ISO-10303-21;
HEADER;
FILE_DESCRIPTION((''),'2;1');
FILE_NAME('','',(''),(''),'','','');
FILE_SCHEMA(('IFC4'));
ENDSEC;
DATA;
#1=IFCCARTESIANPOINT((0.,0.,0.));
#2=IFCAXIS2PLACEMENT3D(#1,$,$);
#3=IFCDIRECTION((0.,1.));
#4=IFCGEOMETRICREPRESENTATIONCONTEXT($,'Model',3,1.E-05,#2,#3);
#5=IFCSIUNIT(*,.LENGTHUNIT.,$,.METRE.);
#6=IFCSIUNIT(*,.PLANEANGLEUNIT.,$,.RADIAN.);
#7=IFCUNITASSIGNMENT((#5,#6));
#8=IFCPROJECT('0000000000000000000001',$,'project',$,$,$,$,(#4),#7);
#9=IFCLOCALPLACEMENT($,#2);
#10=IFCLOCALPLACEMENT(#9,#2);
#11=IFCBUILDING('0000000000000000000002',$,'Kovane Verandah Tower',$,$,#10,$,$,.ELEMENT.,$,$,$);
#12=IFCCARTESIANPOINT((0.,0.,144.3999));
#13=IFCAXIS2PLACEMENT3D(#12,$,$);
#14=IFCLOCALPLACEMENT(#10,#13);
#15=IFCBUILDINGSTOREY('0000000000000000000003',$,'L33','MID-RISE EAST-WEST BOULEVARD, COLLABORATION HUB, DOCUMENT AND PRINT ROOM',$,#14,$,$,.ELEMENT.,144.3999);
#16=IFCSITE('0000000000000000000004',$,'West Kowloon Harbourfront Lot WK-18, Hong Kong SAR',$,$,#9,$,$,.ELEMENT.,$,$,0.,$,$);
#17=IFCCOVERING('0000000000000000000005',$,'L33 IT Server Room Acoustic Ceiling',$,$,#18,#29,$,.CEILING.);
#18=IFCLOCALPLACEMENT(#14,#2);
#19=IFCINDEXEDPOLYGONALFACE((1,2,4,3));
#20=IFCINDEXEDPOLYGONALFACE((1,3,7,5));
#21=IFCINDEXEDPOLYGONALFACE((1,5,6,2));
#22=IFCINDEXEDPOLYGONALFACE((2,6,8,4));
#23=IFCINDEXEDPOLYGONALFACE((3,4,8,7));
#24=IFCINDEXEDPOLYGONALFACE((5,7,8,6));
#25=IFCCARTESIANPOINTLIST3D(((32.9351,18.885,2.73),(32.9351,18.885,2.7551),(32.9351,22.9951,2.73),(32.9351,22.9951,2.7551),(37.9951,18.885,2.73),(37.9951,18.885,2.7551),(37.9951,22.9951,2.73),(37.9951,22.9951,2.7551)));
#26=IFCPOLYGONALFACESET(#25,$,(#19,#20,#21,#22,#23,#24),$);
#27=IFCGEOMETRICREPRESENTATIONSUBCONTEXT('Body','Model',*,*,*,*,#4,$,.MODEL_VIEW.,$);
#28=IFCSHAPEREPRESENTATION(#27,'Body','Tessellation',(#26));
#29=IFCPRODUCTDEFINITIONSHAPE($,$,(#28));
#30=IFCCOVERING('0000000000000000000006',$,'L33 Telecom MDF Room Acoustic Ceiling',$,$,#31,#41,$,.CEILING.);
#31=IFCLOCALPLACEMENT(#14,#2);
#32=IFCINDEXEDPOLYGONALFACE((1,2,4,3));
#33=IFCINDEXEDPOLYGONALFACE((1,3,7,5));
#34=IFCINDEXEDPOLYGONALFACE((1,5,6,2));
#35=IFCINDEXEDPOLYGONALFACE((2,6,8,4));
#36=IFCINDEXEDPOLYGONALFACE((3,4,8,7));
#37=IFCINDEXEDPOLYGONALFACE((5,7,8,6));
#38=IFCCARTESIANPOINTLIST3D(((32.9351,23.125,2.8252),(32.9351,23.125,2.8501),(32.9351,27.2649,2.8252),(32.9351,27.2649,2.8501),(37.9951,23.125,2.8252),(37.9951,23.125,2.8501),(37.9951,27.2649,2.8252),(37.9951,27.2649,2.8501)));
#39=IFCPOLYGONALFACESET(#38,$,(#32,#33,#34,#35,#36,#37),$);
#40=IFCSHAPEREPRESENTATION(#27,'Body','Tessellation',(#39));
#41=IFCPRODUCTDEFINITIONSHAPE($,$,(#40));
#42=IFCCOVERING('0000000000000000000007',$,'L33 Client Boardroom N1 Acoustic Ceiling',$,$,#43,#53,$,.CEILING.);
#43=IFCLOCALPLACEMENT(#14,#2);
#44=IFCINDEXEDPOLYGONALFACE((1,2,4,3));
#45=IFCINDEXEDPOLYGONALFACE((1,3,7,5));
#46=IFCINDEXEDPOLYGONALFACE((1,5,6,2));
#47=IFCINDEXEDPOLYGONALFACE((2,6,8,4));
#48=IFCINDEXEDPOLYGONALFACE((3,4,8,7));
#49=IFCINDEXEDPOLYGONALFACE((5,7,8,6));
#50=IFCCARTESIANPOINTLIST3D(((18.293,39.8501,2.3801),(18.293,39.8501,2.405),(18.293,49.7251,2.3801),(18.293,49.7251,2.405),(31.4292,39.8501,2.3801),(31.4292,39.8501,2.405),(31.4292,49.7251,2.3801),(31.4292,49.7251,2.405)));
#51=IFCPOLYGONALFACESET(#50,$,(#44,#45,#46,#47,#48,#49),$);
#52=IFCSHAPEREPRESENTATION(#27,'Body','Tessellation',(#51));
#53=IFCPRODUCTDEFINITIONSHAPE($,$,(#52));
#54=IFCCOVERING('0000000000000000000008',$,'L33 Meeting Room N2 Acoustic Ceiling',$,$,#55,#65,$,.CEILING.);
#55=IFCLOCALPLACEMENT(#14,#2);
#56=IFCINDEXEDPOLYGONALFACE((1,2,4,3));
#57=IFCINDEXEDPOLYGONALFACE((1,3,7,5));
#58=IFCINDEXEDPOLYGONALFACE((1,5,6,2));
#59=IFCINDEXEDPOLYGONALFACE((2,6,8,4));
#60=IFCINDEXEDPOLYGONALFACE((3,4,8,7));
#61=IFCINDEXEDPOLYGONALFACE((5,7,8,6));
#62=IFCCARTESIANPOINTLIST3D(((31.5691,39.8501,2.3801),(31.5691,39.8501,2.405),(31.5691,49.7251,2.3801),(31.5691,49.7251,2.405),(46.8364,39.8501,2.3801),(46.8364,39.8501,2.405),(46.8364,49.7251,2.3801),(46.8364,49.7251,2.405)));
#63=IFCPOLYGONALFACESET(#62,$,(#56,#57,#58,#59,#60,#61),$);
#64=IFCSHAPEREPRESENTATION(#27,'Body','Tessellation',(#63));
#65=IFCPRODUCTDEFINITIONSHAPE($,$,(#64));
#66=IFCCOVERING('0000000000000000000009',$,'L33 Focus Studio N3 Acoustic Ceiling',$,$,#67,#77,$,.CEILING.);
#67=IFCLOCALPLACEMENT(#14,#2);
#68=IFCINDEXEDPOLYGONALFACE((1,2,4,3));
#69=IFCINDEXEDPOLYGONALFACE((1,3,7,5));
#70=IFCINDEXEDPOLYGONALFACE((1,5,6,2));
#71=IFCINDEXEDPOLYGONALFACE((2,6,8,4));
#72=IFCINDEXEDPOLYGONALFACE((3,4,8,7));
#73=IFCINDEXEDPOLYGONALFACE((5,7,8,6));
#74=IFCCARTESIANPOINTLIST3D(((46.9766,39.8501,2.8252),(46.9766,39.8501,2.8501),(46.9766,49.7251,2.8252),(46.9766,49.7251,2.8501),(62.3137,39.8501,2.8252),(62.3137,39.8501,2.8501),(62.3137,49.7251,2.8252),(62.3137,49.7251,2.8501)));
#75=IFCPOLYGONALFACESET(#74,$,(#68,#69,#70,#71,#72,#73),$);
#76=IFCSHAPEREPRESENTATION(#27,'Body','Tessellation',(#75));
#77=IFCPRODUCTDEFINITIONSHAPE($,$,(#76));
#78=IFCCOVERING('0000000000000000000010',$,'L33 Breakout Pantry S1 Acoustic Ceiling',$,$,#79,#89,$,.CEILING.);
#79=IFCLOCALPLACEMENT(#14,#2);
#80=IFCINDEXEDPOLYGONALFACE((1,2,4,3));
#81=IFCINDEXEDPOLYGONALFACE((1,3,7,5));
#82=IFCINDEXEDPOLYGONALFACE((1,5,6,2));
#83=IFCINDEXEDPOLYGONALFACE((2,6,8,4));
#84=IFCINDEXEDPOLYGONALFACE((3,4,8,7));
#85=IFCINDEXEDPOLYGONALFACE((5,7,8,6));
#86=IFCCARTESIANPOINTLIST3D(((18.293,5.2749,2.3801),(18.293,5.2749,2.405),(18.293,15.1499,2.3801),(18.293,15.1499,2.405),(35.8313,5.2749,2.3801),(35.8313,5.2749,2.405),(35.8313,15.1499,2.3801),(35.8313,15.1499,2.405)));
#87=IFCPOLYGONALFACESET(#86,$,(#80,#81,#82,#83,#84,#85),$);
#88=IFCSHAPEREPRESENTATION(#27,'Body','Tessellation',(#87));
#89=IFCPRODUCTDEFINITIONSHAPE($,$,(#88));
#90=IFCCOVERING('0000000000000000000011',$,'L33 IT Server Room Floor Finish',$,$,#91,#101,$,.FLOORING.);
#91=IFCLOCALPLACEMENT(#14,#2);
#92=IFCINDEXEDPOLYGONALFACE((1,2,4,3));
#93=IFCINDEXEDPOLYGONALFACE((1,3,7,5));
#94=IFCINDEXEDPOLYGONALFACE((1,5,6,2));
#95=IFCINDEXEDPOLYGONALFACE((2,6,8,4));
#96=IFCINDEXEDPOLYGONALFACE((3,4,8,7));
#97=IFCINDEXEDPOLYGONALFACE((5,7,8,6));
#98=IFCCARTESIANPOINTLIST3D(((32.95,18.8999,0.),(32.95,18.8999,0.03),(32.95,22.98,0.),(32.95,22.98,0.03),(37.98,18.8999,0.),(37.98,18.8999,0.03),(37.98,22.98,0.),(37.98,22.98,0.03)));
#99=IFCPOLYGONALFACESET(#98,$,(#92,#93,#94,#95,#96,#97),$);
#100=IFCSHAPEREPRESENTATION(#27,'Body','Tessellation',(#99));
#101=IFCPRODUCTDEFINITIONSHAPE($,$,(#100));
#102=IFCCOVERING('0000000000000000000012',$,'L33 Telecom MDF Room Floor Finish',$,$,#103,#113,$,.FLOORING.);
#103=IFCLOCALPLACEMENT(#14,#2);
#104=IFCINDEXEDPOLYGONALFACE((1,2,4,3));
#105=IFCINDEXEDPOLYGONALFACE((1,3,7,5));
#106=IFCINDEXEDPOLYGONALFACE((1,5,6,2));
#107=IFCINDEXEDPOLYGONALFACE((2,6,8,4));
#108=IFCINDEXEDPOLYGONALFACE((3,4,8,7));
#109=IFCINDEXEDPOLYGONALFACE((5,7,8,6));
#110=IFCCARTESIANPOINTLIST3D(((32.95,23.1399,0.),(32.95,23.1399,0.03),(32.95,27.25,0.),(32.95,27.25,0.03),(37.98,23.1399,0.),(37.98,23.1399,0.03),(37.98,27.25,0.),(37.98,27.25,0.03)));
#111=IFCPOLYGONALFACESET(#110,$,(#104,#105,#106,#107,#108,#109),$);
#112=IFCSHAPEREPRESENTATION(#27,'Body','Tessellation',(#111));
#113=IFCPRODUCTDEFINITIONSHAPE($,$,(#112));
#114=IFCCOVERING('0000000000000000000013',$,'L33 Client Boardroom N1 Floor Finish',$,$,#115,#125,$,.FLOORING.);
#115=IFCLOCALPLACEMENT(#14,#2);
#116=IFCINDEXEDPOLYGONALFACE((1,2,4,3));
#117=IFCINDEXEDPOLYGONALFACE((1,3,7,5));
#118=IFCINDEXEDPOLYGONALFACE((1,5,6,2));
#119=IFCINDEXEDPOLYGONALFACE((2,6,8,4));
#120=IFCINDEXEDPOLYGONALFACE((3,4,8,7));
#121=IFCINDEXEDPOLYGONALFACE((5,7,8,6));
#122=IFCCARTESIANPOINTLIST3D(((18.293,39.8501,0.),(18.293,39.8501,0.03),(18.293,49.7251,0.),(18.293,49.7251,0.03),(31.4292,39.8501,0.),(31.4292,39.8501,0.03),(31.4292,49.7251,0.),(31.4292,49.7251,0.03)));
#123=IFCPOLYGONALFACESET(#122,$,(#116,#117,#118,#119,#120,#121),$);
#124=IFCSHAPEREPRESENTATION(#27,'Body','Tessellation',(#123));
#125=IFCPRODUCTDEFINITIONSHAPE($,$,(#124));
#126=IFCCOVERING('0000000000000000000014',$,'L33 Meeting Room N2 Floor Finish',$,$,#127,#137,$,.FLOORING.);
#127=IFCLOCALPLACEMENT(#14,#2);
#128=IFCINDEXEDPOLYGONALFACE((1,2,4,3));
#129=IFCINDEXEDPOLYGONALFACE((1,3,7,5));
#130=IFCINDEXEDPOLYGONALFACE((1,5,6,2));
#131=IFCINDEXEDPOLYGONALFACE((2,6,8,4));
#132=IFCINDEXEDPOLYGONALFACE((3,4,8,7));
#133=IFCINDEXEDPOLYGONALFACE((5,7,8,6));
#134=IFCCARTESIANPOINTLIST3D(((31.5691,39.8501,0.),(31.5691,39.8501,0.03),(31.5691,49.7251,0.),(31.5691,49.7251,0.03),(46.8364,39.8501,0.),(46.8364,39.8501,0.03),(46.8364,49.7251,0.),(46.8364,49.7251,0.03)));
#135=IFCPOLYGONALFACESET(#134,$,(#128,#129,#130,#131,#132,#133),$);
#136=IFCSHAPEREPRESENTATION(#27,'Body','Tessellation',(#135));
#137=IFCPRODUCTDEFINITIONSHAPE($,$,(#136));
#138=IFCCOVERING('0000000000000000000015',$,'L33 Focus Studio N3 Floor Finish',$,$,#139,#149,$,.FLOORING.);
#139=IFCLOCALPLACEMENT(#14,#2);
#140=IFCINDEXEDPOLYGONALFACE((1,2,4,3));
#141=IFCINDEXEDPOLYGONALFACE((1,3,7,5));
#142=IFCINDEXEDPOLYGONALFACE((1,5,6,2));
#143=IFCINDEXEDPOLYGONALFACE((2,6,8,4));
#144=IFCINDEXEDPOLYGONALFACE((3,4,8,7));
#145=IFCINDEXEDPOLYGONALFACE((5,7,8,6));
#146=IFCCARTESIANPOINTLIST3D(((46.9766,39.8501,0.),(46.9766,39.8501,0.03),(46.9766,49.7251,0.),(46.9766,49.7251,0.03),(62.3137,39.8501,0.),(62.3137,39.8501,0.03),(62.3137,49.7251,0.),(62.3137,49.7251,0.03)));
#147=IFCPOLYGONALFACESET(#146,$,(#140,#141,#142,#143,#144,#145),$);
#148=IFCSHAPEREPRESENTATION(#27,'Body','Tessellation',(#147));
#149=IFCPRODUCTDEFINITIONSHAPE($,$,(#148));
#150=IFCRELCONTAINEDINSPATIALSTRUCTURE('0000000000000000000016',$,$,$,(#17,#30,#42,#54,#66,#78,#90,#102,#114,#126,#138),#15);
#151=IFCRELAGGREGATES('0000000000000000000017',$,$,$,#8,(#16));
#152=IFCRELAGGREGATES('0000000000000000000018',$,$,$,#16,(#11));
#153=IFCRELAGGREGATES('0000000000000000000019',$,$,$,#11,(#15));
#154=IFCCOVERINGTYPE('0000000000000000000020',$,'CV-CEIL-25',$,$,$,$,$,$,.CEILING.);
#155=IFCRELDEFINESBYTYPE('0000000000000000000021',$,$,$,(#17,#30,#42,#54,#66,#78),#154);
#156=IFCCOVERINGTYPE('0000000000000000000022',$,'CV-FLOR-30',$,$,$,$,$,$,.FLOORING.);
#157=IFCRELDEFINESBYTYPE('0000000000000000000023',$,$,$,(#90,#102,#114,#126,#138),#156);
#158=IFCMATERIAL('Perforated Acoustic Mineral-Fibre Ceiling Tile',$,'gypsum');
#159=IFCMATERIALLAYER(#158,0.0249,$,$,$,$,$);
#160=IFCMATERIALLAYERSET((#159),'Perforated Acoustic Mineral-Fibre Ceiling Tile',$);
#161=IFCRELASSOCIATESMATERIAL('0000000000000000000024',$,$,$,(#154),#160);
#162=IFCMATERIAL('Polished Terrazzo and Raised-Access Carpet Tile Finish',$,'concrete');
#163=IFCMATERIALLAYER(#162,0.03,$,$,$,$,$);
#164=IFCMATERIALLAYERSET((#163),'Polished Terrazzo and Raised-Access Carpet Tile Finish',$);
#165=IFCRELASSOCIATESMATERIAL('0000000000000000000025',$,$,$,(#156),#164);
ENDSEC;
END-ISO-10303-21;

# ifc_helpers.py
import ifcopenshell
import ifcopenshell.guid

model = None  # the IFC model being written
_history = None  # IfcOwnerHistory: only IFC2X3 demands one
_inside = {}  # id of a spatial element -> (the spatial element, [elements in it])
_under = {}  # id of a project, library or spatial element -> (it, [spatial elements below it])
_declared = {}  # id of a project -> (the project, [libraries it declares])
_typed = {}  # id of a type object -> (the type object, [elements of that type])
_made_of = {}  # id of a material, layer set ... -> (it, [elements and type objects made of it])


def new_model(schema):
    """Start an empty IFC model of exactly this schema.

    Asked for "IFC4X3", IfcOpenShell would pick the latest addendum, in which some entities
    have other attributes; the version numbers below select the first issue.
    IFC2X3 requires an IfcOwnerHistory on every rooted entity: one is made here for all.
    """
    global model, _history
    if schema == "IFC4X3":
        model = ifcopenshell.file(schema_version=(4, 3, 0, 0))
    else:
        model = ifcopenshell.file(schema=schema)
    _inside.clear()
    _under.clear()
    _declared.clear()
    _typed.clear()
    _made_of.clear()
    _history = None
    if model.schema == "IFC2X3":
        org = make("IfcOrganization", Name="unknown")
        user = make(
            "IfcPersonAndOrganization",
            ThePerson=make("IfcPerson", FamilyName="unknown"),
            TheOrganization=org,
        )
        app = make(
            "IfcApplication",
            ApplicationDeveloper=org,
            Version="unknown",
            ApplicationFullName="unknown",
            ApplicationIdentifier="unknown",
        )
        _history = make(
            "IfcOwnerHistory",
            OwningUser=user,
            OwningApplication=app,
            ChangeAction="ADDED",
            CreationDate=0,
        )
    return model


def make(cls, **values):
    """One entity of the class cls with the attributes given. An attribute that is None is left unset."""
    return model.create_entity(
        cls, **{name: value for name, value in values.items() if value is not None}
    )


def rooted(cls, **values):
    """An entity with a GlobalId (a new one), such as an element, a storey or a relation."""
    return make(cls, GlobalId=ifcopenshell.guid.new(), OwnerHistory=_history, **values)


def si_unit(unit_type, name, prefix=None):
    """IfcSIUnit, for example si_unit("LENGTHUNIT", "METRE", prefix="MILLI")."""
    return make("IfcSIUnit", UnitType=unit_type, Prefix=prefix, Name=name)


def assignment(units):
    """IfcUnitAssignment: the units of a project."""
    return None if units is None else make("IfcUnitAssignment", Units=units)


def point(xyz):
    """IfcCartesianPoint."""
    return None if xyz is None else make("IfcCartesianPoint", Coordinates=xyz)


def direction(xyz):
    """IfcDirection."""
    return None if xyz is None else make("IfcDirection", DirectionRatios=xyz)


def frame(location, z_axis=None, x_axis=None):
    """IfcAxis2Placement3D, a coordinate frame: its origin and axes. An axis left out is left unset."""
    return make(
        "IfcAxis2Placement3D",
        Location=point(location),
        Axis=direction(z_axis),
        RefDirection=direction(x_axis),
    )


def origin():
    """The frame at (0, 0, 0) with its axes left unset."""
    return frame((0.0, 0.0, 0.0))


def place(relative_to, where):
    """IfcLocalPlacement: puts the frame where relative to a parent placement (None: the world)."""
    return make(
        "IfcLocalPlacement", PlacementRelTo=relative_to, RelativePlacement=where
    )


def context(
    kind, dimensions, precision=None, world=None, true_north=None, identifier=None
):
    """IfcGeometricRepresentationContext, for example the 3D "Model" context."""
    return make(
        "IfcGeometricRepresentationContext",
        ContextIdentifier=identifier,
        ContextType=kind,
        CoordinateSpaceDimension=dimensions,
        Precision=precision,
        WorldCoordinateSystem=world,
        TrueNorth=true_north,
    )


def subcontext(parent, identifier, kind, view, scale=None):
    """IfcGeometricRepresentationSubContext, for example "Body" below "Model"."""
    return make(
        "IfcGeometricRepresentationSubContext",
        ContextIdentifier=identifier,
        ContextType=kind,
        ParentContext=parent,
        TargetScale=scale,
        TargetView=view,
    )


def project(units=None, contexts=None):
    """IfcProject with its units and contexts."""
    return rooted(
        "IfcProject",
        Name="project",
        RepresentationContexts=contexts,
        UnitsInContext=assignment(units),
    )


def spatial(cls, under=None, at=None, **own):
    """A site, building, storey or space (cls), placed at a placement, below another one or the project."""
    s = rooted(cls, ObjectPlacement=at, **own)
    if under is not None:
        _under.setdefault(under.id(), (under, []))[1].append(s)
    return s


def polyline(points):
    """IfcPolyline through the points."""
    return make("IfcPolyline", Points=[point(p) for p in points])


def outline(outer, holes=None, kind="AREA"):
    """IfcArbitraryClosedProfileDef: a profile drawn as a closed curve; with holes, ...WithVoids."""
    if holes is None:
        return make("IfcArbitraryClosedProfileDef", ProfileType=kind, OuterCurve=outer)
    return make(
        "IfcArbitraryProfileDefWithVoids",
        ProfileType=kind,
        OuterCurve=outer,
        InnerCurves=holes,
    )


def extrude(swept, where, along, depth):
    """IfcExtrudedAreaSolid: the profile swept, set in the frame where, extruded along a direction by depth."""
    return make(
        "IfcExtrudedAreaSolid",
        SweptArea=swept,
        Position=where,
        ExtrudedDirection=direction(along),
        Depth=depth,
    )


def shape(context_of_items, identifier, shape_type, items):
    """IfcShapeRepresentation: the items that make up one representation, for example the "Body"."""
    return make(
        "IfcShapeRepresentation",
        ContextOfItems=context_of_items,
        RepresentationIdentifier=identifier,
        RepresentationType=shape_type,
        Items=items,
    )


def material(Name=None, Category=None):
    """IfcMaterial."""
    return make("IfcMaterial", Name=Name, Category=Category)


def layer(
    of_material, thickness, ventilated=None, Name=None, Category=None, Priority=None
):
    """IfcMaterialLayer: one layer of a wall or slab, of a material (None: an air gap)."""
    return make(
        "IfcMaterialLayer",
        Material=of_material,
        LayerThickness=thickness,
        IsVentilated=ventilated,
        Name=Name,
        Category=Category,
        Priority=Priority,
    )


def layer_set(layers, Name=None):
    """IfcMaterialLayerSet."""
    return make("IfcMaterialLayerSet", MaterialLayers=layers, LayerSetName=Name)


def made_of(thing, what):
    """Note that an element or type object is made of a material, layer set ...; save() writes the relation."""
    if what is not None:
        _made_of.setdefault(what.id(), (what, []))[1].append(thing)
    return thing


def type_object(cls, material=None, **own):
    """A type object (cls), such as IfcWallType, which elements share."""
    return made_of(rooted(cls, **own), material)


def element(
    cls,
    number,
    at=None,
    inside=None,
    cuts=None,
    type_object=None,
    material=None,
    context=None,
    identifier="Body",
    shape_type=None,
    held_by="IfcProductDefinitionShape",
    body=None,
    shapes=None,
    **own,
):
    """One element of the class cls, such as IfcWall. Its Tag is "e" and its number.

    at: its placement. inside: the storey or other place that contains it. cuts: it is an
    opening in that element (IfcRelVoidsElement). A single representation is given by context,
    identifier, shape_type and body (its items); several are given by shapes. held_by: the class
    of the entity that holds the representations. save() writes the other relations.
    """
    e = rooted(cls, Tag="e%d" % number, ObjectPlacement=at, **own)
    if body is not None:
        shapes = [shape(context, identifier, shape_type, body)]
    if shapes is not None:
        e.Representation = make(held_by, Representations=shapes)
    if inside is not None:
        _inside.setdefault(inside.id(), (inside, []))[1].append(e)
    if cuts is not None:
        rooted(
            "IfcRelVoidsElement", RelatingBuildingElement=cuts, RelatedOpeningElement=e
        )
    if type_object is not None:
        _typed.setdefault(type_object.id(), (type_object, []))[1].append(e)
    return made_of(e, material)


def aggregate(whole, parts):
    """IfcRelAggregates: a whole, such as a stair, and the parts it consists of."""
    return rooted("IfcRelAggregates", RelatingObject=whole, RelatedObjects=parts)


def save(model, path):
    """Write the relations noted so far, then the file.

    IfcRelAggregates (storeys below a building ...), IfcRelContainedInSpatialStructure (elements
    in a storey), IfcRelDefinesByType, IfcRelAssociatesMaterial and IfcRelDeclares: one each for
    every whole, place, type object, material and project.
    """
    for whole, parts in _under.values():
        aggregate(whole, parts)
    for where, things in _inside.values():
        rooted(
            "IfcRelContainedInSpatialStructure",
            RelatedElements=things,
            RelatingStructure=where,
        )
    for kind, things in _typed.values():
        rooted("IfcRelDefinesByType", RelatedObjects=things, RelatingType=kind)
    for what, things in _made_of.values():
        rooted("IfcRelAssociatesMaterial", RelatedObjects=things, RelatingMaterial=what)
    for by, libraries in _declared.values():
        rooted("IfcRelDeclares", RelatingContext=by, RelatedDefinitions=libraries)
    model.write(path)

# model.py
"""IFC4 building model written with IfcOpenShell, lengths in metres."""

from ifc_helpers import new_model, si_unit, direction, frame, origin, place, context, subcontext, project, spatial, polyline, outline, extrude, material, layer, layer_set, type_object, element, save


model = new_model("IFC4")

# Units and contexts
model_context = context("Model", 3, precision=1e-05, world=origin(), true_north=direction((0.0, 1.0)))
body_context = subcontext(model_context, "Body", "Model", "MODEL_VIEW")
ifc_project = project(units=[si_unit("LENGTHUNIT", "METRE"), si_unit("PLANEANGLEUNIT", "RADIAN")], contexts=[model_context])

# Site, building, storey
site_placement = place(None, origin())
site = spatial("IfcSite", under=ifc_project, at=site_placement, Name="West Kowloon Harbourfront Lot WK-18, Hong Kong SAR", CompositionType="ELEMENT", RefElevation=0.0)
building_placement = place(site_placement, origin())
building = spatial("IfcBuilding", under=site, at=building_placement, Name="Kovane Verandah Tower", CompositionType="ELEMENT")
storey_placement = place(building_placement, frame((0.0, 0.0, 144.3999)))
storey = spatial("IfcBuildingStorey", under=building, at=storey_placement, Name="L33", Description="MID-RISE EAST-WEST BOULEVARD, COLLABORATION HUB, DOCUMENT AND PRINT ROOM", CompositionType="ELEMENT", Elevation=144.3999)

# Coverings
ifc_material_1 = material(Name="Perforated Acoustic Mineral-Fibre Ceiling Tile", Category="gypsum")
ifc_layer_1 = layer(ifc_material_1, 0.0249)
ifc_layer_set_1 = layer_set([ifc_layer_1], Name="Perforated Acoustic Mineral-Fibre Ceiling Tile")
covering_type_1 = type_object("IfcCoveringType", Name="CV-CEIL-25", PredefinedType="CEILING", material=ifc_layer_set_1)
covering_1_placement = place(storey_placement, frame((0.0, 0.0, 2.73)))
element("IfcCovering", 1, at=covering_1_placement, inside=storey, type_object=covering_type_1, Name="L33 IT Server Room Acoustic Ceiling", PredefinedType="CEILING", context=body_context, shape_type="SweptSolid", body=[
    extrude(outline(polyline([(32.9351, 18.885), (37.9951, 18.885), (37.9951, 22.9951), (32.9351, 22.9951), (32.9351, 18.885)])), origin(), (0.0, 0.0, 1.0), 0.0251),
])
covering_2_placement = place(storey_placement, frame((0.0, 0.0, 2.8252)))
element("IfcCovering", 2, at=covering_2_placement, inside=storey, type_object=covering_type_1, Name="L33 Telecom MDF Room Acoustic Ceiling", PredefinedType="CEILING", context=body_context, shape_type="SweptSolid", body=[
    extrude(outline(polyline([(32.9351, 23.125), (37.9951, 23.125), (37.9951, 27.2649), (32.9351, 27.2649), (32.9351, 23.125)])), origin(), (0.0, 0.0, 1.0), 0.0249),
])
covering_3_placement = place(storey_placement, frame((0.0, 0.0, 2.3801)))
element("IfcCovering", 3, at=covering_3_placement, inside=storey, type_object=covering_type_1, Name="L33 Client Boardroom N1 Acoustic Ceiling", PredefinedType="CEILING", context=body_context, shape_type="SweptSolid", body=[
    extrude(outline(polyline([(18.293, 39.8501), (31.4292, 39.8501), (31.4292, 49.7251), (18.293, 49.7251), (18.293, 39.8501)])), origin(), (0.0, 0.0, 1.0), 0.0249),
])
covering_4_placement = place(storey_placement, frame((0.0, 0.0, 2.3801)))
element("IfcCovering", 4, at=covering_4_placement, inside=storey, type_object=covering_type_1, Name="L33 Meeting Room N2 Acoustic Ceiling", PredefinedType="CEILING", context=body_context, shape_type="SweptSolid", body=[
    extrude(outline(polyline([(31.5691, 39.8501), (46.8364, 39.8501), (46.8364, 49.7251), (31.5691, 49.7251), (31.5691, 39.8501)])), origin(), (0.0, 0.0, 1.0), 0.0249),
])
covering_5_placement = place(storey_placement, frame((0.0, 0.0, 2.8252)))
element("IfcCovering", 5, at=covering_5_placement, inside=storey, type_object=covering_type_1, Name="L33 Focus Studio N3 Acoustic Ceiling", PredefinedType="CEILING", context=body_context, shape_type="SweptSolid", body=[
    extrude(outline(polyline([(46.9766, 39.8501), (62.3137, 39.8501), (62.3137, 49.7251), (46.9766, 49.7251), (46.9766, 39.8501)])), origin(), (0.0, 0.0, 1.0), 0.0249),
])
covering_6_placement = place(storey_placement, frame((0.0, 0.0, 2.3801)))
element("IfcCovering", 6, at=covering_6_placement, inside=storey, type_object=covering_type_1, Name="L33 Breakout Pantry S1 Acoustic Ceiling", PredefinedType="CEILING", context=body_context, shape_type="SweptSolid", body=[
    extrude(outline(polyline([(18.293, 5.2749), (35.8313, 5.2749), (35.8313, 15.1499), (18.293, 15.1499), (18.293, 5.2749)])), origin(), (0.0, 0.0, 1.0), 0.0249),
])
ifc_material_2 = material(Name="Polished Terrazzo and Raised-Access Carpet Tile Finish", Category="concrete")
ifc_layer_2 = layer(ifc_material_2, 0.03)
ifc_layer_set_2 = layer_set([ifc_layer_2], Name="Polished Terrazzo and Raised-Access Carpet Tile Finish")
covering_type_2 = type_object("IfcCoveringType", Name="CV-FLOR-30", PredefinedType="FLOORING", material=ifc_layer_set_2)
covering_7_placement = place(storey_placement, origin())
element("IfcCovering", 7, at=covering_7_placement, inside=storey, type_object=covering_type_2, Name="L33 IT Server Room Floor Finish", PredefinedType="FLOORING", context=body_context, shape_type="SweptSolid", body=[
    extrude(outline(polyline([(32.95, 18.8999), (37.98, 18.8999), (37.98, 22.98), (32.95, 22.98), (32.95, 18.8999)])), origin(), (0.0, 0.0, 1.0), 0.03),
])
covering_8_placement = place(storey_placement, origin())
element("IfcCovering", 8, at=covering_8_placement, inside=storey, type_object=covering_type_2, Name="L33 Telecom MDF Room Floor Finish", PredefinedType="FLOORING", context=body_context, shape_type="SweptSolid", body=[
    extrude(outline(polyline([(32.95, 23.1399), (37.98, 23.1399), (37.98, 27.25), (32.95, 27.25), (32.95, 23.1399)])), origin(), (0.0, 0.0, 1.0), 0.03),
])
covering_9_placement = place(storey_placement, origin())
element("IfcCovering", 9, at=covering_9_placement, inside=storey, type_object=covering_type_2, Name="L33 Client Boardroom N1 Floor Finish", PredefinedType="FLOORING", context=body_context, shape_type="SweptSolid", body=[
    extrude(outline(polyline([(18.293, 39.8501), (31.4292, 39.8501), (31.4292, 49.7251), (18.293, 49.7251), (18.293, 39.8501)])), origin(), (0.0, 0.0, 1.0), 0.03),
])
covering_10_placement = place(storey_placement, origin())
element("IfcCovering", 10, at=covering_10_placement, inside=storey, type_object=covering_type_2, Name="L33 Meeting Room N2 Floor Finish", PredefinedType="FLOORING", context=body_context, shape_type="SweptSolid", body=[
    extrude(outline(polyline([(31.5691, 39.8501), (46.8364, 39.8501), (46.8364, 49.7251), (31.5691, 49.7251), (31.5691, 39.8501)])), origin(), (0.0, 0.0, 1.0), 0.03),
])
covering_11_placement = place(storey_placement, origin())
element("IfcCovering", 11, at=covering_11_placement, inside=storey, type_object=covering_type_2, Name="L33 Focus Studio N3 Floor Finish", PredefinedType="FLOORING", context=body_context, shape_type="SweptSolid", body=[
    extrude(outline(polyline([(46.9766, 39.8501), (62.3137, 39.8501), (62.3137, 49.7251), (46.9766, 49.7251), (46.9766, 39.8501)])), origin(), (0.0, 0.0, 1.0), 0.03),
])

save(model, "model.ifc")
